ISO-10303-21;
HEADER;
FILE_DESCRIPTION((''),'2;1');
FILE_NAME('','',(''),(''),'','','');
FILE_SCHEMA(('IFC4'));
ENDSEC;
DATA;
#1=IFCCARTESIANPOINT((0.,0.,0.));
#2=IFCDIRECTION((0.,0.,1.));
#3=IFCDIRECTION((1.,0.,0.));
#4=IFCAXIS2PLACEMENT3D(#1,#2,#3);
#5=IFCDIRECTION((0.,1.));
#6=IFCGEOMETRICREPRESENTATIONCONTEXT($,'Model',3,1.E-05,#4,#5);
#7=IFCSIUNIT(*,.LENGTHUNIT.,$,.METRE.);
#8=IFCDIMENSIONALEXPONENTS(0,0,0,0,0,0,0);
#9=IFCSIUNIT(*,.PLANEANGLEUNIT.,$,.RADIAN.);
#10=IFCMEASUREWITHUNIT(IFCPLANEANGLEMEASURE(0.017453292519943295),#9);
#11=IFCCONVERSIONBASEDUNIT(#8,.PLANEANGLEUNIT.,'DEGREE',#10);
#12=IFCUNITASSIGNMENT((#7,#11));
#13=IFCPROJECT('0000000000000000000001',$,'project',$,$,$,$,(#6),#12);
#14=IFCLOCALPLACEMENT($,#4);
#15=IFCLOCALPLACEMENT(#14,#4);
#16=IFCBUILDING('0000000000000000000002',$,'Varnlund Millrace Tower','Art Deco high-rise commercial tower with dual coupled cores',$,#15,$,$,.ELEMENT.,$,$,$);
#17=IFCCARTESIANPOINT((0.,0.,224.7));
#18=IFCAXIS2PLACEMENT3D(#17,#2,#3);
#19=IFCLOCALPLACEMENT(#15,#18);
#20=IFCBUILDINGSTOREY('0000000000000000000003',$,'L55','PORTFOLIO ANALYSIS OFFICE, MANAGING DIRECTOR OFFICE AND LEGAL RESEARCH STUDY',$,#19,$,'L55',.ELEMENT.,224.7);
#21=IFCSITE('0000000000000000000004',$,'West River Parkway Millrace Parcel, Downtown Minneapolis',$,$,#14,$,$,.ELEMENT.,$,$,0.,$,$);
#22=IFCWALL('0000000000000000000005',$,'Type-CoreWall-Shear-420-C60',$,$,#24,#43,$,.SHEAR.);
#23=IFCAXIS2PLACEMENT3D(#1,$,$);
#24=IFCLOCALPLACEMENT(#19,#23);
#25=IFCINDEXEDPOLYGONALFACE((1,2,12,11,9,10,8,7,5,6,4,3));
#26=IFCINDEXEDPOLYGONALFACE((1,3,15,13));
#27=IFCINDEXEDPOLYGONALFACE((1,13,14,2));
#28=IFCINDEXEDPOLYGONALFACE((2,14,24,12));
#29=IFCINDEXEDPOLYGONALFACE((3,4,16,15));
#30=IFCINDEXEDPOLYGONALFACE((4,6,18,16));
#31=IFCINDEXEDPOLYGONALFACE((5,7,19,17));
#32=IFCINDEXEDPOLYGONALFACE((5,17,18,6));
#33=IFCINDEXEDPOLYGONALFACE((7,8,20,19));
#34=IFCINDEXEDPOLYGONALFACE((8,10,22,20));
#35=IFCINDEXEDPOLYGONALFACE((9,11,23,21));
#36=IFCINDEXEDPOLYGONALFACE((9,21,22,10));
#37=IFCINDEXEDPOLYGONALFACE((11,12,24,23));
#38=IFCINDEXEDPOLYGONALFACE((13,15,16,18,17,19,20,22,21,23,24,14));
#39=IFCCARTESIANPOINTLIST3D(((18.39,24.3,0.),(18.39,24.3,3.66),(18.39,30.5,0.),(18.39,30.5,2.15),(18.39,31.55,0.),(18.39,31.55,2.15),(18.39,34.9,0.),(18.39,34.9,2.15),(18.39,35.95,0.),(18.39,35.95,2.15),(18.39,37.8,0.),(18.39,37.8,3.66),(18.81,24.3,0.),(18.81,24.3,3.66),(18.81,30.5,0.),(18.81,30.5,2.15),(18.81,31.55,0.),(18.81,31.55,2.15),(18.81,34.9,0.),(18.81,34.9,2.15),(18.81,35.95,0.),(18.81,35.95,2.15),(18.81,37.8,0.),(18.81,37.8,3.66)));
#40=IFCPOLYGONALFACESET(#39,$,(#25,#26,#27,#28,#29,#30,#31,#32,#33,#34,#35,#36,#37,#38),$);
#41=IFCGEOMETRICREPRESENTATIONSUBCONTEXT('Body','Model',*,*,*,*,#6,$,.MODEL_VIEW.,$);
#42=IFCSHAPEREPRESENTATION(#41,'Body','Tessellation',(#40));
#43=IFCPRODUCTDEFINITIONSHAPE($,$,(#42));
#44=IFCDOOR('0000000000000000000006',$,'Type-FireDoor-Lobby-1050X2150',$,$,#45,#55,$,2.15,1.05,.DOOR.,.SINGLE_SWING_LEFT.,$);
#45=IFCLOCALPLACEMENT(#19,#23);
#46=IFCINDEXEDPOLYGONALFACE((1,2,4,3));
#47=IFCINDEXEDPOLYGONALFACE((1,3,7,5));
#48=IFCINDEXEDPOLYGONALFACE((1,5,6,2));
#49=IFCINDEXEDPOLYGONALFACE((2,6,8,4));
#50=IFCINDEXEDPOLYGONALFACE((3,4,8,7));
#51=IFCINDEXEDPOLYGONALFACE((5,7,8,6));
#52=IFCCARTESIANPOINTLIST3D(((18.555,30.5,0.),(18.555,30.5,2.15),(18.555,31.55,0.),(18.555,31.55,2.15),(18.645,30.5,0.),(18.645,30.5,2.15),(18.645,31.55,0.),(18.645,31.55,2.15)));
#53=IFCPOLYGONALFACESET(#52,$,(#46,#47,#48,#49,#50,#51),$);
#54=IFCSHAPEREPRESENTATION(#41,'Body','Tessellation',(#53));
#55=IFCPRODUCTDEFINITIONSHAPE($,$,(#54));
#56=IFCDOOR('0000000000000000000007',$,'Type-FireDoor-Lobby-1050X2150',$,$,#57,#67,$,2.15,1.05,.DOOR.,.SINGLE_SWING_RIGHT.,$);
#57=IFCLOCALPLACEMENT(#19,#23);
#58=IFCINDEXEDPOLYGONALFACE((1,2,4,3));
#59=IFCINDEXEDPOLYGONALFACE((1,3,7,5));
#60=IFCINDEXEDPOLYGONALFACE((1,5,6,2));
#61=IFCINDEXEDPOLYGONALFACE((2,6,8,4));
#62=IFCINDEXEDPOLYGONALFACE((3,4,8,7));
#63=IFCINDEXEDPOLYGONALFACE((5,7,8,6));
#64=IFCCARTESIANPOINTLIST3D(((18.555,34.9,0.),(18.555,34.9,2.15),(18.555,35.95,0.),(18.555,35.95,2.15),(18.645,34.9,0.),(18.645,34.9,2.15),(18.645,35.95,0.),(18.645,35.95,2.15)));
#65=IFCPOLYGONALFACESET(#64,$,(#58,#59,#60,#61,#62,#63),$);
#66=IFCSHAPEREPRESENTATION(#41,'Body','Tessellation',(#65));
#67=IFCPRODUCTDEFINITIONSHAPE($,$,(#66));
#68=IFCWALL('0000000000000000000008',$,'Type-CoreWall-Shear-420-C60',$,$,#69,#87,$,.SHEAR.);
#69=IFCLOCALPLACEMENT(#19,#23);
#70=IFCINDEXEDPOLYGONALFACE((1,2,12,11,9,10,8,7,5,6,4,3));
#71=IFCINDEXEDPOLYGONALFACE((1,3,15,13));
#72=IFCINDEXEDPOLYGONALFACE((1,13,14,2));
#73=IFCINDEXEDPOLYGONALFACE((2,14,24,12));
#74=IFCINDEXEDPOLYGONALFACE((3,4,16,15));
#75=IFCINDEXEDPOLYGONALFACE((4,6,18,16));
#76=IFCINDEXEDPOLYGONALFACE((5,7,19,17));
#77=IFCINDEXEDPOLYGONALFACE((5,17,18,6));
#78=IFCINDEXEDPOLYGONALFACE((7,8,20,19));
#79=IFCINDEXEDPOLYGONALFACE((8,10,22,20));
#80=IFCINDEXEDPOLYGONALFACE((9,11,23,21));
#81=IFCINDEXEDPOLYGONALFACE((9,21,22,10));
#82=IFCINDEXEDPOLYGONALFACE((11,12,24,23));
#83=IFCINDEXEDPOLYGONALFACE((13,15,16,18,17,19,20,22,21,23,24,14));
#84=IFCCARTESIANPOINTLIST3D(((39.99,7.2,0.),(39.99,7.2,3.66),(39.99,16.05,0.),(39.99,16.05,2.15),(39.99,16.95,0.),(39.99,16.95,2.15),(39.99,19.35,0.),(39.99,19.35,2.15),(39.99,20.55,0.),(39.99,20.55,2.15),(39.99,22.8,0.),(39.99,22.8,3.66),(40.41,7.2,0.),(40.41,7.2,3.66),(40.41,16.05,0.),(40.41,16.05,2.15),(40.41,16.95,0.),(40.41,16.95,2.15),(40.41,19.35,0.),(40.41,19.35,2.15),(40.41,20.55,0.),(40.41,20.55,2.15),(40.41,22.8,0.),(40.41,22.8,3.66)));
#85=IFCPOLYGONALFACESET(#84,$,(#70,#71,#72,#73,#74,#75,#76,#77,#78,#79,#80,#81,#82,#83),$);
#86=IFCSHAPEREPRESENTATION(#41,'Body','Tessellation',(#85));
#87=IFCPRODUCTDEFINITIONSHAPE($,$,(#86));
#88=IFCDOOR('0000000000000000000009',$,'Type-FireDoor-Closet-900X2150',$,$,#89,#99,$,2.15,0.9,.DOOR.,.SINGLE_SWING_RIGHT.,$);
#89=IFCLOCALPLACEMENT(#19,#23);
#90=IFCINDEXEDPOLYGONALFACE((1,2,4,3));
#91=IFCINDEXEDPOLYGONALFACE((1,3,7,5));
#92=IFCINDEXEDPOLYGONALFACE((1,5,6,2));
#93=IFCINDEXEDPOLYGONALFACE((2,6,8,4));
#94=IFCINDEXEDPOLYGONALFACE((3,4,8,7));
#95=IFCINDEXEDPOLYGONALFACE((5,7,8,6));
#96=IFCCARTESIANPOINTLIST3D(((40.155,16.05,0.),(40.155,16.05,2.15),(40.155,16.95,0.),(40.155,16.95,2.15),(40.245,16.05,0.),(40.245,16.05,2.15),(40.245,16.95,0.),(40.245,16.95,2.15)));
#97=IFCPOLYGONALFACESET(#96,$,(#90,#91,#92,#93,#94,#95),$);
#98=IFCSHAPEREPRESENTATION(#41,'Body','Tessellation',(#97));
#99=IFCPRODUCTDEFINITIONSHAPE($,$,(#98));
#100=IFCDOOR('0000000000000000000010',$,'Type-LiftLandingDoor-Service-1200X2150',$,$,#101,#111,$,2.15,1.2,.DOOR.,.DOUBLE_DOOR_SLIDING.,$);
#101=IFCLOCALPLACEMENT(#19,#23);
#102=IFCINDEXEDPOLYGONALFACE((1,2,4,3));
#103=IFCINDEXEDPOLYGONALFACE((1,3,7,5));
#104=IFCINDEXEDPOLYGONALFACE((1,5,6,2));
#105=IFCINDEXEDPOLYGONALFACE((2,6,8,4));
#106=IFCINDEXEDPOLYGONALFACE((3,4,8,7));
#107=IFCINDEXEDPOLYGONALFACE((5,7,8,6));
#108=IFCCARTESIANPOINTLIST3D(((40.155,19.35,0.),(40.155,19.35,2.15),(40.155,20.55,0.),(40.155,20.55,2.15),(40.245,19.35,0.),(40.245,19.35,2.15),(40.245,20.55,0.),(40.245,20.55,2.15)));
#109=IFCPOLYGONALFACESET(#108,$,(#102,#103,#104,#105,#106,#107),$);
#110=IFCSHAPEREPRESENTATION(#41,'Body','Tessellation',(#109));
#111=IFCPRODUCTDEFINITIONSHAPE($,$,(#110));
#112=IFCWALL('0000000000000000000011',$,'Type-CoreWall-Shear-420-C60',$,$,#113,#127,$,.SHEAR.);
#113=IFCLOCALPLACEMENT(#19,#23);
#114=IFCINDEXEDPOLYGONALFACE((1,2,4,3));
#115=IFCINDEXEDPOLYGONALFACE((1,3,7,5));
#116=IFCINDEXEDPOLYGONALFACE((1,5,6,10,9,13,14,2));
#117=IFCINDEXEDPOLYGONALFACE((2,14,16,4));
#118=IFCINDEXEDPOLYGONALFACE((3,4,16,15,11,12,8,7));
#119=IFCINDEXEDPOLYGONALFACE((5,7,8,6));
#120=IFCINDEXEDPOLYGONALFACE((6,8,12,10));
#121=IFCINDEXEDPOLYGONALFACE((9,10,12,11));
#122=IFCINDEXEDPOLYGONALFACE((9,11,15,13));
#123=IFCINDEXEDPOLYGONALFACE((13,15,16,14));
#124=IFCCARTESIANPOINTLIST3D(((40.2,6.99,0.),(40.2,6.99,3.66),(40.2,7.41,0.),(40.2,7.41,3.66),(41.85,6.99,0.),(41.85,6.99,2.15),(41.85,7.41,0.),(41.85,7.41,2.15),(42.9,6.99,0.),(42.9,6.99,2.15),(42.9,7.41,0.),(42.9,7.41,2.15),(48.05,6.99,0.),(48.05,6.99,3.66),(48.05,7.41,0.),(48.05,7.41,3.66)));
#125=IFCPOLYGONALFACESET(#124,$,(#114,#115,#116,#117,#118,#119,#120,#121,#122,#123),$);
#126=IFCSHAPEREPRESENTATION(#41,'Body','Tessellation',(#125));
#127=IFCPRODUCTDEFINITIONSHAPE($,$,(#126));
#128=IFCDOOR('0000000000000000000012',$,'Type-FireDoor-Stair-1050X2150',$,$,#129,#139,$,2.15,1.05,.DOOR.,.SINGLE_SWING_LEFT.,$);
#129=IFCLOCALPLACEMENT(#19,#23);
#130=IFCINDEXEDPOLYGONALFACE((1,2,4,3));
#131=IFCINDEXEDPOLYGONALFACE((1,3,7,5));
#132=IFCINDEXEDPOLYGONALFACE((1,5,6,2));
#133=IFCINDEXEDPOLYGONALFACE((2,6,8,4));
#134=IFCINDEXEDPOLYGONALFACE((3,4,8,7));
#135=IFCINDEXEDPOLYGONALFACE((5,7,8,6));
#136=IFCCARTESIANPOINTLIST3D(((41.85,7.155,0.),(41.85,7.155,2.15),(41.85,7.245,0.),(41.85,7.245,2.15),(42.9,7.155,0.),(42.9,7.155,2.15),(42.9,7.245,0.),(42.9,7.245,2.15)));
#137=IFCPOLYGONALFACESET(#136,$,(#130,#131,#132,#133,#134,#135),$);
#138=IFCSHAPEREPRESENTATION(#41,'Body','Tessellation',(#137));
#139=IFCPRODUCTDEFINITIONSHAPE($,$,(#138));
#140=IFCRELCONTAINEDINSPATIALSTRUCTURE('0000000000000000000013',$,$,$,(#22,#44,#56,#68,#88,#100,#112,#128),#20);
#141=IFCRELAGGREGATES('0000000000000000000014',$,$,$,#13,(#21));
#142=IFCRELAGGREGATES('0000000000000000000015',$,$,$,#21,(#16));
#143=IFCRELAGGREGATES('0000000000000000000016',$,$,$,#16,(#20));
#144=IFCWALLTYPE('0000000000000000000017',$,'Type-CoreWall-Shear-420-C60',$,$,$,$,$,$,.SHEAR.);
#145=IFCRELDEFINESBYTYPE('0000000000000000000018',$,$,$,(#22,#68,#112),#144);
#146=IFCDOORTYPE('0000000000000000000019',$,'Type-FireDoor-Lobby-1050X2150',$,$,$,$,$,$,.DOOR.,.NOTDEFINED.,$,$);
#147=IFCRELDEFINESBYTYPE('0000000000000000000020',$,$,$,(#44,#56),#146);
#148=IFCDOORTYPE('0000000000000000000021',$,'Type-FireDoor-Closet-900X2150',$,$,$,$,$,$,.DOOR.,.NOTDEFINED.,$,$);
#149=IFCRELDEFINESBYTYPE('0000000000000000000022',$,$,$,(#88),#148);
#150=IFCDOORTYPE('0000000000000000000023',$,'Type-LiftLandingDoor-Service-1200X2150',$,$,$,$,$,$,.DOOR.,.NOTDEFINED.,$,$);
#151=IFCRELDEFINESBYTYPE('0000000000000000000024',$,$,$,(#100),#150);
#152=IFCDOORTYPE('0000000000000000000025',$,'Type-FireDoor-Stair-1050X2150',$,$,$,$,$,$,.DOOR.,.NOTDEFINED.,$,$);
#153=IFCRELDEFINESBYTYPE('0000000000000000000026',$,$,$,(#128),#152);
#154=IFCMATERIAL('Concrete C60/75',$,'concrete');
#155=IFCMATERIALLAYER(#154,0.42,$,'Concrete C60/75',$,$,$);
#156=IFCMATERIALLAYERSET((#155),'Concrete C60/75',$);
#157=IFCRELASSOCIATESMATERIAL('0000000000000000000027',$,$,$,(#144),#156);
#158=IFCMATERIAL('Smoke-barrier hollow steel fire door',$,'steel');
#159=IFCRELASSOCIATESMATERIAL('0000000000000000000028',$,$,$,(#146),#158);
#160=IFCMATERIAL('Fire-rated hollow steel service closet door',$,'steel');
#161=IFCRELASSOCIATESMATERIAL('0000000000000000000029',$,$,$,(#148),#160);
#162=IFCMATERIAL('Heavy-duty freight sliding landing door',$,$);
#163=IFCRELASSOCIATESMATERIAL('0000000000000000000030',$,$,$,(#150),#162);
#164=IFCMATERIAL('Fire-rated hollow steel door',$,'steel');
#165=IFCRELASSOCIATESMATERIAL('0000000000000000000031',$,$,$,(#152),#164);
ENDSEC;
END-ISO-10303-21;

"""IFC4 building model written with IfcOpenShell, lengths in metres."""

from ifc_helpers import new_model, entity, si_unit, converted_unit, direction, frame, origin_with_axes, origin_2d_with_axis, place, context, subcontext, project, spatial, polyline, rectangle, outline, extrude, material, layer, layer_set, type_object, element, fill, save


model = new_model("IFC4")

# Units and contexts
model_context = context("Model", 3, precision=1e-05, world=origin_with_axes(), true_north=direction((0.0, 1.0)))
body_context = subcontext(model_context, "Body", "Model", "MODEL_VIEW")
ifc_project = project(units=[si_unit("LENGTHUNIT", "METRE"), converted_unit("PLANEANGLEUNIT", "DEGREE", entity("IfcPlaneAngleMeasure", 0.017453292519943295), si_unit("PLANEANGLEUNIT", "RADIAN"), dimensions=[0, 0, 0, 0, 0, 0, 0])], contexts=[model_context])

# Site, building, storey
site_placement = place(None, origin_with_axes())
site = spatial("IfcSite", under=ifc_project, at=site_placement, Name="West River Parkway Millrace Parcel, Downtown Minneapolis", CompositionType="ELEMENT", RefElevation=0.0)
building_placement = place(site_placement, origin_with_axes())
building = spatial("IfcBuilding", under=site, at=building_placement, Name="Varnlund Millrace Tower", Description="Art Deco high-rise commercial tower with dual coupled cores", CompositionType="ELEMENT")
storey_placement = place(building_placement, frame((0.0, 0.0, 224.7), z_axis=(0.0, 0.0, 1.0), x_axis=(1.0, 0.0, 0.0)))
storey = spatial("IfcBuildingStorey", under=building, at=storey_placement, Name="L55", Description="PORTFOLIO ANALYSIS OFFICE, MANAGING DIRECTOR OFFICE AND LEGAL RESEARCH STUDY", LongName="L55", CompositionType="ELEMENT", Elevation=224.7)

# Walls, openings, doors
ifc_material_1 = material(Name="Concrete C60/75", Category="concrete")
ifc_layer_1 = layer(ifc_material_1, 0.42, Name="Concrete C60/75")
ifc_layer_set_1 = layer_set([ifc_layer_1], Name="Concrete C60/75")
wall_type_1 = type_object("IfcWallType", Name="Type-CoreWall-Shear-420-C60", PredefinedType="SHEAR", material=ifc_layer_set_1)
wall_1_placement = place(storey_placement, frame((18.6, 24.3, 0.0), z_axis=(0.0, 0.0, 1.0), x_axis=(0.0, 1.0, 0.0)))
wall_1 = element("IfcWall", 1, at=wall_1_placement, inside=storey, type_object=wall_type_1, Name="Type-CoreWall-Shear-420-C60", PredefinedType="SHEAR", context=body_context, shape_type="SweptSolid", body=[
    extrude(outline(polyline([(0.0, -0.21), (13.5, -0.21), (13.5, 0.21), (0.0, 0.21), (0.0, -0.21)])), origin_with_axes(), (0.0, 0.0, 1.0), 3.66),
])
opening_1_placement = place(wall_1_placement, frame((6.725, 0.0, 0.0), z_axis=(0.0, 0.0, 1.0), x_axis=(1.0, 0.0, 0.0)))
opening_1 = element("IfcOpeningElement", 2, at=opening_1_placement, cuts=wall_1, PredefinedType="OPENING", context=body_context, shape_type="SweptSolid", body=[
    extrude(rectangle(XDim=1.05, YDim=0.44, at=origin_2d_with_axis()), origin_with_axes(), (0.0, 0.0, 1.0), 2.15),
])
opening_2_placement = place(wall_1_placement, frame((11.125, 0.0, 0.0), z_axis=(0.0, 0.0, 1.0), x_axis=(1.0, 0.0, 0.0)))
opening_2 = element("IfcOpeningElement", 3, at=opening_2_placement, cuts=wall_1, PredefinedType="OPENING", context=body_context, shape_type="SweptSolid", body=[
    extrude(rectangle(XDim=1.05, YDim=0.44, at=origin_2d_with_axis()), origin_with_axes(), (0.0, 0.0, 1.0), 2.15),
])
ifc_material_2 = material(Name="Smoke-barrier hollow steel fire door", Category="steel")
door_type_1 = type_object("IfcDoorType", Name="Type-FireDoor-Lobby-1050X2150", OperationType="NOTDEFINED", PredefinedType="DOOR", material=ifc_material_2)
door_1_placement = place(wall_1_placement, frame((6.725, 0.0, 0.0), z_axis=(0.0, 0.0, 1.0), x_axis=(1.0, 0.0, 0.0)))
door_1 = element("IfcDoor", 4, at=door_1_placement, inside=storey, type_object=door_type_1, Name="Type-FireDoor-Lobby-1050X2150", OperationType="SINGLE_SWING_LEFT", OverallHeight=2.15, OverallWidth=1.05, PredefinedType="DOOR", context=body_context, shape_type="SweptSolid", body=[
    extrude(rectangle(XDim=1.05, YDim=0.09, at=origin_2d_with_axis()), origin_with_axes(), (0.0, 0.0, 1.0), 2.15),
])
fill(opening_1, door_1)
door_2_placement = place(wall_1_placement, frame((11.125, 0.0, 0.0), z_axis=(0.0, 0.0, 1.0), x_axis=(1.0, 0.0, 0.0)))
door_2 = element("IfcDoor", 5, at=door_2_placement, inside=storey, type_object=door_type_1, Name="Type-FireDoor-Lobby-1050X2150", OperationType="SINGLE_SWING_RIGHT", OverallHeight=2.15, OverallWidth=1.05, PredefinedType="DOOR", context=body_context, shape_type="SweptSolid", body=[
    extrude(rectangle(XDim=1.05, YDim=0.09, at=origin_2d_with_axis()), origin_with_axes(), (0.0, 0.0, 1.0), 2.15),
])
fill(opening_2, door_2)
wall_2_placement = place(storey_placement, frame((40.2, 7.2, 0.0), z_axis=(0.0, 0.0, 1.0), x_axis=(0.0, 1.0, 0.0)))
wall_2 = element("IfcWall", 6, at=wall_2_placement, inside=storey, type_object=wall_type_1, Name="Type-CoreWall-Shear-420-C60", PredefinedType="SHEAR", context=body_context, shape_type="SweptSolid", body=[
    extrude(outline(polyline([(0.0, -0.21), (15.6, -0.21), (15.6, 0.21), (0.0, 0.21), (0.0, -0.21)])), origin_with_axes(), (0.0, 0.0, 1.0), 3.66),
])
opening_3_placement = place(wall_2_placement, frame((12.75, 0.0, 0.0), z_axis=(0.0, 0.0, 1.0), x_axis=(1.0, 0.0, 0.0)))
opening_3 = element("IfcOpeningElement", 7, at=opening_3_placement, cuts=wall_2, PredefinedType="OPENING", context=body_context, shape_type="SweptSolid", body=[
    extrude(rectangle(XDim=1.2, YDim=0.44, at=origin_2d_with_axis()), origin_with_axes(), (0.0, 0.0, 1.0), 2.15),
])
opening_4_placement = place(wall_2_placement, frame((9.3, 0.0, 0.0), z_axis=(0.0, 0.0, 1.0), x_axis=(1.0, 0.0, 0.0)))
opening_4 = element("IfcOpeningElement", 8, at=opening_4_placement, cuts=wall_2, PredefinedType="OPENING", context=body_context, shape_type="SweptSolid", body=[
    extrude(rectangle(XDim=0.9, YDim=0.44, at=origin_2d_with_axis()), origin_with_axes(), (0.0, 0.0, 1.0), 2.15),
])
ifc_material_3 = material(Name="Fire-rated hollow steel service closet door", Category="steel")
door_type_2 = type_object("IfcDoorType", Name="Type-FireDoor-Closet-900X2150", OperationType="NOTDEFINED", PredefinedType="DOOR", material=ifc_material_3)
door_3_placement = place(wall_2_placement, frame((9.3, 0.0, 0.0), z_axis=(0.0, 0.0, 1.0), x_axis=(1.0, 0.0, 0.0)))
door_3 = element("IfcDoor", 9, at=door_3_placement, inside=storey, type_object=door_type_2, Name="Type-FireDoor-Closet-900X2150", OperationType="SINGLE_SWING_RIGHT", OverallHeight=2.15, OverallWidth=0.9, PredefinedType="DOOR", context=body_context, shape_type="SweptSolid", body=[
    extrude(rectangle(XDim=0.9, YDim=0.09, at=origin_2d_with_axis()), origin_with_axes(), (0.0, 0.0, 1.0), 2.15),
])
fill(opening_4, door_3)
ifc_material_4 = material(Name="Heavy-duty freight sliding landing door")
door_type_3 = type_object("IfcDoorType", Name="Type-LiftLandingDoor-Service-1200X2150", OperationType="NOTDEFINED", PredefinedType="DOOR", material=ifc_material_4)
door_4_placement = place(wall_2_placement, frame((12.75, 0.0, 0.0), z_axis=(0.0, 0.0, 1.0), x_axis=(1.0, 0.0, 0.0)))
door_4 = element("IfcDoor", 10, at=door_4_placement, inside=storey, type_object=door_type_3, Name="Type-LiftLandingDoor-Service-1200X2150", OperationType="DOUBLE_DOOR_SLIDING", OverallHeight=2.15, OverallWidth=1.2, PredefinedType="DOOR", context=body_context, shape_type="SweptSolid", body=[
    extrude(rectangle(XDim=1.2, YDim=0.09, at=origin_2d_with_axis()), origin_with_axes(), (0.0, 0.0, 1.0), 2.15),
])
fill(opening_3, door_4)

# Wall, opening, door
wall_3_placement = place(storey_placement, frame((40.2, 7.2, 0.0), z_axis=(0.0, 0.0, 1.0), x_axis=(1.0, 0.0, 0.0)))
wall_3 = element("IfcWall", 11, at=wall_3_placement, inside=storey, type_object=wall_type_1, Name="Type-CoreWall-Shear-420-C60", PredefinedType="SHEAR", context=body_context, shape_type="SweptSolid", body=[
    extrude(outline(polyline([(0.0, -0.21), (7.85, -0.21), (7.85, 0.21), (0.0, 0.21), (0.0, -0.21)])), origin_with_axes(), (0.0, 0.0, 1.0), 3.66),
])
opening_5_placement = place(wall_3_placement, frame((2.175, 0.0, 0.0), z_axis=(0.0, 0.0, 1.0), x_axis=(1.0, 0.0, 0.0)))
opening_5 = element("IfcOpeningElement", 12, at=opening_5_placement, cuts=wall_3, PredefinedType="OPENING", context=body_context, shape_type="SweptSolid", body=[
    extrude(rectangle(XDim=1.05, YDim=0.44, at=origin_2d_with_axis()), origin_with_axes(), (0.0, 0.0, 1.0), 2.15),
])
ifc_material_5 = material(Name="Fire-rated hollow steel door", Category="steel")
door_type_4 = type_object("IfcDoorType", Name="Type-FireDoor-Stair-1050X2150", OperationType="NOTDEFINED", PredefinedType="DOOR", material=ifc_material_5)
door_5_placement = place(wall_3_placement, frame((2.175, 0.0, 0.0), z_axis=(0.0, 0.0, 1.0), x_axis=(1.0, 0.0, 0.0)))
door_5 = element("IfcDoor", 13, at=door_5_placement, inside=storey, type_object=door_type_4, Name="Type-FireDoor-Stair-1050X2150", OperationType="SINGLE_SWING_LEFT", OverallHeight=2.15, OverallWidth=1.05, PredefinedType="DOOR", context=body_context, shape_type="SweptSolid", body=[
    extrude(rectangle(XDim=1.05, YDim=0.09, at=origin_2d_with_axis()), origin_with_axes(), (0.0, 0.0, 1.0), 2.15),
])
fill(opening_5, door_5)

save(model, "model.ifc")
